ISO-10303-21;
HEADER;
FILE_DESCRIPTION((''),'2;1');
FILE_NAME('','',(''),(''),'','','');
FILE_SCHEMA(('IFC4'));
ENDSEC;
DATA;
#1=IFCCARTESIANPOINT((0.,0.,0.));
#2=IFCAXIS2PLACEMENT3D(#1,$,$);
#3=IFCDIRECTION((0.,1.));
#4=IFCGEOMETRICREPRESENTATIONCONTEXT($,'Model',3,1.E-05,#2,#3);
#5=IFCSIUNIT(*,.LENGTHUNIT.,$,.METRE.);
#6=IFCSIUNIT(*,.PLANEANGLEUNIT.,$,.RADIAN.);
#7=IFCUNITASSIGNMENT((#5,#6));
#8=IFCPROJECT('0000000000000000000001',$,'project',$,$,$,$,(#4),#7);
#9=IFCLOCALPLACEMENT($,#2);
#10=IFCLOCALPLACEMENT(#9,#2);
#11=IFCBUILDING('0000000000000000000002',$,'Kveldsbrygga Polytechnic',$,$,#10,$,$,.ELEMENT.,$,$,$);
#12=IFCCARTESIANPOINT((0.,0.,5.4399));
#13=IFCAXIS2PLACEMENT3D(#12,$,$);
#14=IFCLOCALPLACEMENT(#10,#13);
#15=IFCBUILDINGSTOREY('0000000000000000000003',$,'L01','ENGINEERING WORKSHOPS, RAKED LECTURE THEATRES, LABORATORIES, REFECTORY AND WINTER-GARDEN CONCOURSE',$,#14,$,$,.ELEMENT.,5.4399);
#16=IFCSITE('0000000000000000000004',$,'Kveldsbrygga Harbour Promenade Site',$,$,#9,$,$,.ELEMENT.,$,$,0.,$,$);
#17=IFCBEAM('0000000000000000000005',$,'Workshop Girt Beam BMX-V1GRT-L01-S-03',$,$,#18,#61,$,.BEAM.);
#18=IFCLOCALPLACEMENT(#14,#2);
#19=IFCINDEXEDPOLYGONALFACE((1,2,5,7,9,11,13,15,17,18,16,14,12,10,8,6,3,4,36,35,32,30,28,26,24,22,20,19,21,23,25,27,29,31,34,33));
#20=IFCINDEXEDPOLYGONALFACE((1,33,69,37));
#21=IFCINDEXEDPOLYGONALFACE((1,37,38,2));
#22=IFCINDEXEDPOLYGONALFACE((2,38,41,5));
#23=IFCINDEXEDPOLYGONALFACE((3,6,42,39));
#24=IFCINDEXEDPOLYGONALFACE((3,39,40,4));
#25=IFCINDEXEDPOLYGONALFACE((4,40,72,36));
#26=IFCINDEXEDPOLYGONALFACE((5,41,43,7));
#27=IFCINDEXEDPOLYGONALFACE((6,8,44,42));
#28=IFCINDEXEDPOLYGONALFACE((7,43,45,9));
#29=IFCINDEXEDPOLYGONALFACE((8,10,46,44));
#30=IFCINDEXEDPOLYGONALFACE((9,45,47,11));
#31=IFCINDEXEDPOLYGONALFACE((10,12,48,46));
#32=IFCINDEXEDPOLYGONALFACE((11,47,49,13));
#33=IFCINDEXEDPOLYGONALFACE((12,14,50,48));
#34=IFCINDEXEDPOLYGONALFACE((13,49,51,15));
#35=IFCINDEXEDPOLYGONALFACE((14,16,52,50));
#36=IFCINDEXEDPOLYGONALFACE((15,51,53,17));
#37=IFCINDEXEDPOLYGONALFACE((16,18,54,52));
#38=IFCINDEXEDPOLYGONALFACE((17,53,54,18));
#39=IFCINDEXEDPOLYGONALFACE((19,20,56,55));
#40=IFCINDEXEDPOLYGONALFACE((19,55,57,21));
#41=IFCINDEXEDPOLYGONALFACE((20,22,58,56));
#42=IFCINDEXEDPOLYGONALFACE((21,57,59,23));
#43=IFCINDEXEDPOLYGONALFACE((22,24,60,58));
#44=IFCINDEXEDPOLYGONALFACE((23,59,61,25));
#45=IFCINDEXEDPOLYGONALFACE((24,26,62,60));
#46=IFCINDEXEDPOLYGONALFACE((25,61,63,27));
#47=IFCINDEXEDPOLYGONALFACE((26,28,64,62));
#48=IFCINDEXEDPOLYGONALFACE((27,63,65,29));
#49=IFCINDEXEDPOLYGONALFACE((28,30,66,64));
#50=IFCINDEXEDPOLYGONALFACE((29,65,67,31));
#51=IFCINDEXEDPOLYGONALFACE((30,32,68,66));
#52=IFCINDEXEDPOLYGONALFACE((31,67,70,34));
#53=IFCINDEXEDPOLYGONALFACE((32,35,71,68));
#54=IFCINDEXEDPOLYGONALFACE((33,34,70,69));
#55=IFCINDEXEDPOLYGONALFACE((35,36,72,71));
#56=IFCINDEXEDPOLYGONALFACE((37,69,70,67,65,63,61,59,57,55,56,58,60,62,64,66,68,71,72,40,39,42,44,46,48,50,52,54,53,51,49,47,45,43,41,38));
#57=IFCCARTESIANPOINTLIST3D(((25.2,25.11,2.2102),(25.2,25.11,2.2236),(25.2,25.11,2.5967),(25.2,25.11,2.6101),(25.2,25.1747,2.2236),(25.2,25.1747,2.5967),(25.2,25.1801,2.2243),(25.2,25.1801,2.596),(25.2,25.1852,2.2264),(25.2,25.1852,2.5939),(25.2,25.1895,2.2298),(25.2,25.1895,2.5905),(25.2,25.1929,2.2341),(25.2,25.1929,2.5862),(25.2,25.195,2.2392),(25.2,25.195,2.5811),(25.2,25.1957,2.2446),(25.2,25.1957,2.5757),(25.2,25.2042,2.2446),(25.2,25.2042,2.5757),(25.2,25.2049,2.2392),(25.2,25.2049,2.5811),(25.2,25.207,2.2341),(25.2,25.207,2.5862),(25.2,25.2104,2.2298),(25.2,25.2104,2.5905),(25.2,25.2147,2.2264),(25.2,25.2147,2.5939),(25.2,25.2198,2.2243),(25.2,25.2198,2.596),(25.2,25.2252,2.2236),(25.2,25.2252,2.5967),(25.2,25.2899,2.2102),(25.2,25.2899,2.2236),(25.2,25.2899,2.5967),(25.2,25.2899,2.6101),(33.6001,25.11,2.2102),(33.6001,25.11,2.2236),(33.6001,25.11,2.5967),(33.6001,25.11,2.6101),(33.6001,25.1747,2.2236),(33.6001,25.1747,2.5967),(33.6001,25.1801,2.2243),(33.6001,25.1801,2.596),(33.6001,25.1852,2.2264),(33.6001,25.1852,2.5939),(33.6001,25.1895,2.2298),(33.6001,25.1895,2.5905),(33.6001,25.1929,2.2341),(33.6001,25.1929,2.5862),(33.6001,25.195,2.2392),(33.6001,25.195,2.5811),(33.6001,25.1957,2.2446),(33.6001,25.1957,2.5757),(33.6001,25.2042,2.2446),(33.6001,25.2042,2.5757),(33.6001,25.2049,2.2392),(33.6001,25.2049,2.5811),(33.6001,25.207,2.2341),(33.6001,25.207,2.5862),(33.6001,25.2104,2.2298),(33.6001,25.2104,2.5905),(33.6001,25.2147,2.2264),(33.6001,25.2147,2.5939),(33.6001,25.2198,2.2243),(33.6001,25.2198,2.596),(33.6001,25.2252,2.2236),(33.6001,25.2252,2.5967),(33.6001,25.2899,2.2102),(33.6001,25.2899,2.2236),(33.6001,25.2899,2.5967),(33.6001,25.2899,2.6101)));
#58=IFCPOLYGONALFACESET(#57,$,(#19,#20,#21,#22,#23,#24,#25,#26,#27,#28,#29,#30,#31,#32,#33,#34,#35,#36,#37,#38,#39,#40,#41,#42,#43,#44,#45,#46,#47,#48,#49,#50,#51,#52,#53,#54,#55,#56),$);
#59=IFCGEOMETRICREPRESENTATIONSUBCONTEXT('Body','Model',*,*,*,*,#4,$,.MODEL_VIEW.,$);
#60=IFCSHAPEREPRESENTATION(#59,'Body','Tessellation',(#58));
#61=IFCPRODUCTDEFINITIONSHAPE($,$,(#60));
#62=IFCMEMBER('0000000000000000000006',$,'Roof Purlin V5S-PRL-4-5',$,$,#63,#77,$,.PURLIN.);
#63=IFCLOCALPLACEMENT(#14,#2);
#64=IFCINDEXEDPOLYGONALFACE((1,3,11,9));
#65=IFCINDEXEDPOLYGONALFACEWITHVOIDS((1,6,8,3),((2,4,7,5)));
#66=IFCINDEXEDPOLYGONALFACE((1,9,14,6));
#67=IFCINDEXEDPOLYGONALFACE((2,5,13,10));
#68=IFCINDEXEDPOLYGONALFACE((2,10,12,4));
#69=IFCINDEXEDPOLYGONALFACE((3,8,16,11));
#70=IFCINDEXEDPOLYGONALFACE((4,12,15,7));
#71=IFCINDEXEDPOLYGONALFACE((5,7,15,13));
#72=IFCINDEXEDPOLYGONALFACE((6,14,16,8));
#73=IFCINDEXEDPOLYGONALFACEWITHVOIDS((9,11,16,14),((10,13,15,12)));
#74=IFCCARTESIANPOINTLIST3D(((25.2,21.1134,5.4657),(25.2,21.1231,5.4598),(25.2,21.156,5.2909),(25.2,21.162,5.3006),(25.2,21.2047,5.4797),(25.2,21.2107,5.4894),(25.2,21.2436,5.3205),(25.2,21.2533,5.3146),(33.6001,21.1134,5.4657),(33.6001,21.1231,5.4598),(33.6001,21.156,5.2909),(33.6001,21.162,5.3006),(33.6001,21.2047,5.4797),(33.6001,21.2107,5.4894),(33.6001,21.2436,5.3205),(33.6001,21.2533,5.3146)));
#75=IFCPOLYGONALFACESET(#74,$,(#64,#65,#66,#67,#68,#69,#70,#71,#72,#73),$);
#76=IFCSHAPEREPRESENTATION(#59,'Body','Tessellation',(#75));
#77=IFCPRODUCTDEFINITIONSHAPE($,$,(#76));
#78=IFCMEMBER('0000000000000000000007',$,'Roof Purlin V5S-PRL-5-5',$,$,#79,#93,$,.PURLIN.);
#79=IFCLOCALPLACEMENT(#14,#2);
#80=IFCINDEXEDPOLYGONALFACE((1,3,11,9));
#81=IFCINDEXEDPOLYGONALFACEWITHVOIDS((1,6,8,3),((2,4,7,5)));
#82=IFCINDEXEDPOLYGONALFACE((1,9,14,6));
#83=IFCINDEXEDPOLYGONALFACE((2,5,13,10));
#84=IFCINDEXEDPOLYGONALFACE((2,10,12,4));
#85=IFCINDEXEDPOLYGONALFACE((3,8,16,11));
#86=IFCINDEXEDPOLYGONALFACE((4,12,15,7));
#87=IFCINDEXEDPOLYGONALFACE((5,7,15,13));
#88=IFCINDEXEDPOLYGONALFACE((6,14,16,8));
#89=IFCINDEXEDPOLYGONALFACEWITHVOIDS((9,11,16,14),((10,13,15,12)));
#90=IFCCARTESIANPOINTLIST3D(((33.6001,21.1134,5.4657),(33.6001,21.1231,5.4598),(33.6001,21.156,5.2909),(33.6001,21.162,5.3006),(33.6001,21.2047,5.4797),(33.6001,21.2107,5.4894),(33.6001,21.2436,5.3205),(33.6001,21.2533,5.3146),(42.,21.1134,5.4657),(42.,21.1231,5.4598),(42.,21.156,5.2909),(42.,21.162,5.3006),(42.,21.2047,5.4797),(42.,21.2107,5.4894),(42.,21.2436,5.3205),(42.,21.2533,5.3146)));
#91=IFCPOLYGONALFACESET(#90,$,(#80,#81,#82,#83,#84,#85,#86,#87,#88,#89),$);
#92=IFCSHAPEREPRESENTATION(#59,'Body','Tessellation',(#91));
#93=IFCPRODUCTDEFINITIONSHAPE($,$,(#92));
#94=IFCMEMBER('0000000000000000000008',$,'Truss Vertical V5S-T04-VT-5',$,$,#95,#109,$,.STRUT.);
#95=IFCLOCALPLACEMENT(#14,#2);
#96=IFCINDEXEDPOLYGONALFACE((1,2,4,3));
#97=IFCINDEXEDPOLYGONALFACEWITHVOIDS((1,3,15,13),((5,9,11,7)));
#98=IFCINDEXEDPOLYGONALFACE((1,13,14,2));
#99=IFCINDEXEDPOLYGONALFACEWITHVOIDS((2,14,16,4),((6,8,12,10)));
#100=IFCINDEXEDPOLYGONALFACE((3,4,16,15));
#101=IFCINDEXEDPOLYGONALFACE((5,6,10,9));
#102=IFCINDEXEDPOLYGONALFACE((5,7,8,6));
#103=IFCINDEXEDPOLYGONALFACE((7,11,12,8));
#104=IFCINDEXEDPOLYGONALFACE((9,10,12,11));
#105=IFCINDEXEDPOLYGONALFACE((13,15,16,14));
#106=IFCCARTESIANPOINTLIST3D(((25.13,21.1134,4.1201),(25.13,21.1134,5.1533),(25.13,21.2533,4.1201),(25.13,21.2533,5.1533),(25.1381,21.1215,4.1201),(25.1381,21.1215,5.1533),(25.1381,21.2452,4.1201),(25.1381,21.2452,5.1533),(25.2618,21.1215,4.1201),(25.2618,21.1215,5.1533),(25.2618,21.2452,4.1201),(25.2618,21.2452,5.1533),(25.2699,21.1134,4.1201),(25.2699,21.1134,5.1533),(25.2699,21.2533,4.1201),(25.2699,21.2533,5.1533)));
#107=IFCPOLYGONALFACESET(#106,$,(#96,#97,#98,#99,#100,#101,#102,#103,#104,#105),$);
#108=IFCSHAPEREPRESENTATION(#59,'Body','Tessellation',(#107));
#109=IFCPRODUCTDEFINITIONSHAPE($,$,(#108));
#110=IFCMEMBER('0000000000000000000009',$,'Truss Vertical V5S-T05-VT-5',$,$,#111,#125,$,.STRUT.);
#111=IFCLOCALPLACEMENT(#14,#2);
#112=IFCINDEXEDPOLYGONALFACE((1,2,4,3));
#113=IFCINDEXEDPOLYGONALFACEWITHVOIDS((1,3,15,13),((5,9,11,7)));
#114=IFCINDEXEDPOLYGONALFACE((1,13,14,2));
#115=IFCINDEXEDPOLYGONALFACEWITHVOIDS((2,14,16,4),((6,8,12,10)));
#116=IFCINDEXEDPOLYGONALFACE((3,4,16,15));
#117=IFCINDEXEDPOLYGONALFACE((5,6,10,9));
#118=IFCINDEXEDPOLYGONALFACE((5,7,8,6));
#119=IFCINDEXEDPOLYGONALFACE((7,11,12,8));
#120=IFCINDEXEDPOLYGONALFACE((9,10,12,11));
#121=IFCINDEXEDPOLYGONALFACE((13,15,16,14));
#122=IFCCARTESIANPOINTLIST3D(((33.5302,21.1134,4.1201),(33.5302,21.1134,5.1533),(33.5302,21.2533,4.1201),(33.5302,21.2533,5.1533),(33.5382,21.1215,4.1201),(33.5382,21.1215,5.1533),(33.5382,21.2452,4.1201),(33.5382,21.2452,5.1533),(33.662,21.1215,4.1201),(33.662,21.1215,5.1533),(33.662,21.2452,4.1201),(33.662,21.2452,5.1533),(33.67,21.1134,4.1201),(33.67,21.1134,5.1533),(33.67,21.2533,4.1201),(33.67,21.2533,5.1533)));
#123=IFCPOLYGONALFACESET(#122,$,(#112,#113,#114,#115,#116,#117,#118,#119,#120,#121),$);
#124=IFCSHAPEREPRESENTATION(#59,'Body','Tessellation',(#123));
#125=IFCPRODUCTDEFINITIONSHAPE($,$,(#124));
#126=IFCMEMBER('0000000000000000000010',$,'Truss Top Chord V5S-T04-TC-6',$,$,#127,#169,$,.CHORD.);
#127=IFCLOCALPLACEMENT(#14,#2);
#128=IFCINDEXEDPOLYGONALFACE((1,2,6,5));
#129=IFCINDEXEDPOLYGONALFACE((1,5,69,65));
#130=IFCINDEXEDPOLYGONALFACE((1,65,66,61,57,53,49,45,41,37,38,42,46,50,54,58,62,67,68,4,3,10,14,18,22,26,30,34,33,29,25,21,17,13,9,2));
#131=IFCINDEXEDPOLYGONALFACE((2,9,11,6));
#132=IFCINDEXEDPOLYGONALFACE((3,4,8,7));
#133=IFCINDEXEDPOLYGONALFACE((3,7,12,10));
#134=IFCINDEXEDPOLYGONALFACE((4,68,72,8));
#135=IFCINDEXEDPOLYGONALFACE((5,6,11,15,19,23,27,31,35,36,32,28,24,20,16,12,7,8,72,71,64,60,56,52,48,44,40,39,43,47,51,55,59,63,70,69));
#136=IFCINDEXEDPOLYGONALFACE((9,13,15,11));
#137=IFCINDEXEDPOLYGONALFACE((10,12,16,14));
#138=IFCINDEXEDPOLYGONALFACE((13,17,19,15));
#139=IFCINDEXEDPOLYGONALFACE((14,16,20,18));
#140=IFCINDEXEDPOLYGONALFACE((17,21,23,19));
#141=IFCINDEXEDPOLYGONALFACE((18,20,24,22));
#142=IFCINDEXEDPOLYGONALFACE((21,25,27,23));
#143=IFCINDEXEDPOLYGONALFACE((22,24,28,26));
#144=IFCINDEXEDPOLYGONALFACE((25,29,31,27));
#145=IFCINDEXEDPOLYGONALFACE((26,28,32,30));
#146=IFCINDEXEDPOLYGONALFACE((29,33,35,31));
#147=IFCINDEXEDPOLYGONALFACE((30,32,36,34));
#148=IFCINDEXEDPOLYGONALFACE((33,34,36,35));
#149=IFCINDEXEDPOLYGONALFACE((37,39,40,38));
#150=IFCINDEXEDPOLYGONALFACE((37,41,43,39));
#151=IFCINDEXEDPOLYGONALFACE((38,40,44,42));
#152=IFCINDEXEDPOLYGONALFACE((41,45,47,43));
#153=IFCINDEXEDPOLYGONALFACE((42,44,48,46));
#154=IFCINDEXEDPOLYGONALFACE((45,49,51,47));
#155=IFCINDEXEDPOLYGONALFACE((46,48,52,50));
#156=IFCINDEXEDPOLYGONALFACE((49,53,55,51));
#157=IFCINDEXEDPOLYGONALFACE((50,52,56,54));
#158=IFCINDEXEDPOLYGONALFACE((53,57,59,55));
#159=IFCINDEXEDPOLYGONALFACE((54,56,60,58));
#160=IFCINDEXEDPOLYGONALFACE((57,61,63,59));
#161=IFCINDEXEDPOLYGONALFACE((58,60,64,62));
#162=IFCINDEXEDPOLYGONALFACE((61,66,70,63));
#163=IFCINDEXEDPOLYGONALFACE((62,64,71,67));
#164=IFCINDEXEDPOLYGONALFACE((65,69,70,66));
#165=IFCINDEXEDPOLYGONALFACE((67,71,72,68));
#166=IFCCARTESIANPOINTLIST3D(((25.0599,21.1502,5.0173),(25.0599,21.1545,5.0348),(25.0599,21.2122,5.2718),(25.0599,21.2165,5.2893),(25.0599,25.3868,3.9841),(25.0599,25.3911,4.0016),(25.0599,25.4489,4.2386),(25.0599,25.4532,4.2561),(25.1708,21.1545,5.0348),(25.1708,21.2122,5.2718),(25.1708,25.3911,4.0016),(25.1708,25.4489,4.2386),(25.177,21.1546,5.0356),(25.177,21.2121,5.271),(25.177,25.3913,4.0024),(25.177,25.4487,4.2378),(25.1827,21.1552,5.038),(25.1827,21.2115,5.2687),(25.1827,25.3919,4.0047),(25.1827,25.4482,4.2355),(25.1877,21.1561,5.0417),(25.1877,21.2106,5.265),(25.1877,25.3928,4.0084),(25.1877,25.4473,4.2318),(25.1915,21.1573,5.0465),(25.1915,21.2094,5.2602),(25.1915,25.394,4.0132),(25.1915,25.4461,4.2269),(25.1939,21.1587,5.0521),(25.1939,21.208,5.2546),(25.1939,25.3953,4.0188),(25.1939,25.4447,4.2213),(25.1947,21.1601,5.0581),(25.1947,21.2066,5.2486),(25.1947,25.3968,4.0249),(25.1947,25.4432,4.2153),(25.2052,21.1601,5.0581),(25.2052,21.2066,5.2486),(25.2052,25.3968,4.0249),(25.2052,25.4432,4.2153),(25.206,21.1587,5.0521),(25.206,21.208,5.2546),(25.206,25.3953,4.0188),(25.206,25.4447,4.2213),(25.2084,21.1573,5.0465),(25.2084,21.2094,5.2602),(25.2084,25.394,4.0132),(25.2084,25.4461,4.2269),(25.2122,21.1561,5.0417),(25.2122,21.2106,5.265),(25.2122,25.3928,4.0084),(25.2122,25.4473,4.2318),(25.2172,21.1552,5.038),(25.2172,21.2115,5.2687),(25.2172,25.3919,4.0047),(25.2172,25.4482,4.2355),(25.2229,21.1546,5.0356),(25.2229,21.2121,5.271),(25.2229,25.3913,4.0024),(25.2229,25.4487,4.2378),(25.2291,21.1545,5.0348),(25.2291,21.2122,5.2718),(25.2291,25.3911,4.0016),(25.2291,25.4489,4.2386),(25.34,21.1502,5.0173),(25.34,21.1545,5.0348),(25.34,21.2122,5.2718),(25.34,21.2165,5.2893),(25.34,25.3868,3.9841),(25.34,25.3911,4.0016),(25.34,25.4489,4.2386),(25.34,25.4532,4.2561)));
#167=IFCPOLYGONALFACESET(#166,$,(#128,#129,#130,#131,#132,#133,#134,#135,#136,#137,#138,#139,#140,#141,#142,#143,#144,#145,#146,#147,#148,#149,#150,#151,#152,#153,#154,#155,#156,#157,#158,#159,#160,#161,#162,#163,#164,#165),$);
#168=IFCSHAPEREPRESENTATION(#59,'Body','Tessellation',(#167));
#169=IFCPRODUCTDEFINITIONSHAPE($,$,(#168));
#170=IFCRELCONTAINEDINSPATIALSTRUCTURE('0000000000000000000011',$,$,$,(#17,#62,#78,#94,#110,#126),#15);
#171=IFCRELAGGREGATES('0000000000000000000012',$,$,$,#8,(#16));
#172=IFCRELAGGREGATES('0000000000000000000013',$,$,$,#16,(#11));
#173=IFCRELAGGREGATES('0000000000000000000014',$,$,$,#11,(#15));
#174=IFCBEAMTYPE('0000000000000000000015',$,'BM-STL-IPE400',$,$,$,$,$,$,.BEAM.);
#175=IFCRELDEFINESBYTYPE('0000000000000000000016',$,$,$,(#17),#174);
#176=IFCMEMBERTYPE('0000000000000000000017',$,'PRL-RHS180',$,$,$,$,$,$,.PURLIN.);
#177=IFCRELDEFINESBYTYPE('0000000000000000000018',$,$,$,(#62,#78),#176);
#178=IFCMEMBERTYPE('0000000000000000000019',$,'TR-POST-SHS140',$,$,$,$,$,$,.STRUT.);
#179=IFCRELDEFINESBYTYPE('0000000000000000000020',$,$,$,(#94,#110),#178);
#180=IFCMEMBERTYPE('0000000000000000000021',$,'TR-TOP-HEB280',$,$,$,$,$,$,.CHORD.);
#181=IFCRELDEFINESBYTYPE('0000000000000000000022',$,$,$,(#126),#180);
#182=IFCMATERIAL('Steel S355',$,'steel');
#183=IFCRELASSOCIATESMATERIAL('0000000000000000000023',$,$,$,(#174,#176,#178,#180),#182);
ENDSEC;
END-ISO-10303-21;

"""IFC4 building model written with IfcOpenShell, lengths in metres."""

from ifc_helpers import new_model, si_unit, direction, frame, origin, origin_2d, place, context, subcontext, project, spatial, hollow_rectangle, i_section, extrude, material, material_profile, profile_set, type_object, element, save


model = new_model("IFC4")

# Units and contexts
model_context = context("Model", 3, precision=1e-05, world=origin(), true_north=direction((0.0, 1.0)))
body_context = subcontext(model_context, "Body", "Model", "MODEL_VIEW")
ifc_project = project(units=[si_unit("LENGTHUNIT", "METRE"), si_unit("PLANEANGLEUNIT", "RADIAN")], contexts=[model_context])

# Site, building, storey
site_placement = place(None, origin())
site = spatial("IfcSite", under=ifc_project, at=site_placement, Name="Kveldsbrygga Harbour Promenade Site", CompositionType="ELEMENT", RefElevation=0.0)
building_placement = place(site_placement, origin())
building = spatial("IfcBuilding", under=site, at=building_placement, Name="Kveldsbrygga Polytechnic", CompositionType="ELEMENT")
storey_placement = place(building_placement, frame((0.0, 0.0, 5.4399)))
storey = spatial("IfcBuildingStorey", under=building, at=storey_placement, Name="L01", Description="ENGINEERING WORKSHOPS, RAKED LECTURE THEATRES, LABORATORIES, REFECTORY AND WINTER-GARDEN CONCOURSE", CompositionType="ELEMENT", Elevation=5.4399)

# Beam
ifc_material_1 = material(Name="Steel S355", Category="steel")
ifc_material_profile_1 = material_profile(ifc_material_1, i_section(OverallWidth=0.1799, OverallDepth=0.3999, WebThickness=0.0085, FlangeThickness=0.0134, FilletRadius=0.021, at=origin_2d()), Name="IPE 400")
ifc_profile_set_1 = profile_set([ifc_material_profile_1], Name="Steel S355")
beam_type_1 = type_object("IfcBeamType", Name="BM-STL-IPE400", PredefinedType="BEAM", material=ifc_profile_set_1)
for number, where, z_axis, x_axis, name in (
    (1, (25.2, 25.2, 2.4102), (1.0, 0.0, 0.0), (0.0, 1.0, 0.0), "Workshop Girt Beam BMX-V1GRT-L01-S-03"),
):
    element("IfcBeam", number, at=place(storey_placement, frame(where, z_axis=z_axis, x_axis=x_axis)), inside=storey, type_object=beam_type_1, Name=name, PredefinedType="BEAM", context=body_context, shape_type="SweptSolid", body=[
        extrude(i_section(OverallWidth=0.1799, OverallDepth=0.3999, WebThickness=0.0085, FlangeThickness=0.0134, FilletRadius=0.021, at=origin_2d()), origin(), (0.0, 0.0, 1.0), 8.4001),
    ])

# Members
ifc_material_profile_2 = material_profile(ifc_material_1, hollow_rectangle(XDim=0.1001, YDim=0.1799, WallThickness=0.0081, at=origin_2d()), Name="RHS 180x100x8.0")
ifc_profile_set_2 = profile_set([ifc_material_profile_2], Name="Steel S355")
member_type_1 = type_object("IfcMemberType", Name="PRL-RHS180", PredefinedType="PURLIN", material=ifc_profile_set_2)
member_1_placement = place(storey_placement, frame((25.2, 21.1833, 5.3901), z_axis=(1.0, 0.0, 0.0), x_axis=(0.0, 0.97152, 0.236957)))
element("IfcMember", 2, at=member_1_placement, inside=storey, type_object=member_type_1, Name="Roof Purlin V5S-PRL-4-5", PredefinedType="PURLIN", context=body_context, shape_type="SweptSolid", body=[
    extrude(hollow_rectangle(XDim=0.1001, YDim=0.1799, WallThickness=0.0081, at=origin_2d()), origin(), (0.0, 0.0, 1.0), 8.4001),
])
member_2_placement = place(storey_placement, frame((33.6001, 21.1833, 5.3901), z_axis=(1.0, 0.0, 0.0), x_axis=(0.0, 0.97152, 0.236957)))
element("IfcMember", 3, at=member_2_placement, inside=storey, type_object=member_type_1, Name="Roof Purlin V5S-PRL-5-5", PredefinedType="PURLIN", context=body_context, shape_type="SweptSolid", body=[
    extrude(hollow_rectangle(XDim=0.1001, YDim=0.1799, WallThickness=0.0081, at=origin_2d()), origin(), (0.0, 0.0, 1.0), 8.3999),
])
ifc_material_profile_3 = material_profile(ifc_material_1, hollow_rectangle(XDim=0.1399, YDim=0.1399, WallThickness=0.0081, at=origin_2d()), Name="SHS 140x140x8.0")
ifc_profile_set_3 = profile_set([ifc_material_profile_3], Name="Steel S355")
member_type_2 = type_object("IfcMemberType", Name="TR-POST-SHS140", PredefinedType="STRUT", material=ifc_profile_set_3)
for number, where, z_axis, x_axis, name in (
    (4, (25.2, 21.1833, 4.1201), (0.0, 0.0, 1.0), (1.0, 0.0, 0.0), "Truss Vertical V5S-T04-VT-5"),
    (5, (33.6001, 21.1833, 4.1201), (0.0, 0.0, 1.0), (1.0, 0.0, 0.0), "Truss Vertical V5S-T05-VT-5"),
):
    element("IfcMember", number, at=place(storey_placement, frame(where, z_axis=z_axis, x_axis=x_axis)), inside=storey, type_object=member_type_2, Name=name, PredefinedType="STRUT", context=body_context, shape_type="SweptSolid", body=[
        extrude(hollow_rectangle(XDim=0.1399, YDim=0.1399, WallThickness=0.0081, at=origin_2d()), origin(), (0.0, 0.0, 1.0), 1.0332),
    ])
ifc_material_profile_4 = material_profile(ifc_material_1, i_section(OverallWidth=0.28, OverallDepth=0.28, WebThickness=0.0105, FlangeThickness=0.0181, FilletRadius=0.0239, at=origin_2d()), Name="HEB 280")
ifc_profile_set_4 = profile_set([ifc_material_profile_4], Name="Steel S355")
member_type_3 = type_object("IfcMemberType", Name="TR-TOP-HEB280", PredefinedType="CHORD", material=ifc_profile_set_4)
for number, where, z_axis, x_axis, name in (
    (6, (25.2, 21.1833, 5.1533), (0.0, 0.971526, -0.236933), (-1.0, 0.0, 0.0), "Truss Top Chord V5S-T04-TC-6"),
):
    element("IfcMember", number, at=place(storey_placement, frame(where, z_axis=z_axis, x_axis=x_axis)), inside=storey, type_object=member_type_3, Name=name, PredefinedType="CHORD", context=body_context, shape_type="SweptSolid", body=[
        extrude(i_section(OverallWidth=0.28, OverallDepth=0.28, WebThickness=0.0105, FlangeThickness=0.0181, FilletRadius=0.0239, at=origin_2d()), origin(), (0.0, 0.0, 1.0), 4.3608),
    ])

save(model, "model.ifc")
